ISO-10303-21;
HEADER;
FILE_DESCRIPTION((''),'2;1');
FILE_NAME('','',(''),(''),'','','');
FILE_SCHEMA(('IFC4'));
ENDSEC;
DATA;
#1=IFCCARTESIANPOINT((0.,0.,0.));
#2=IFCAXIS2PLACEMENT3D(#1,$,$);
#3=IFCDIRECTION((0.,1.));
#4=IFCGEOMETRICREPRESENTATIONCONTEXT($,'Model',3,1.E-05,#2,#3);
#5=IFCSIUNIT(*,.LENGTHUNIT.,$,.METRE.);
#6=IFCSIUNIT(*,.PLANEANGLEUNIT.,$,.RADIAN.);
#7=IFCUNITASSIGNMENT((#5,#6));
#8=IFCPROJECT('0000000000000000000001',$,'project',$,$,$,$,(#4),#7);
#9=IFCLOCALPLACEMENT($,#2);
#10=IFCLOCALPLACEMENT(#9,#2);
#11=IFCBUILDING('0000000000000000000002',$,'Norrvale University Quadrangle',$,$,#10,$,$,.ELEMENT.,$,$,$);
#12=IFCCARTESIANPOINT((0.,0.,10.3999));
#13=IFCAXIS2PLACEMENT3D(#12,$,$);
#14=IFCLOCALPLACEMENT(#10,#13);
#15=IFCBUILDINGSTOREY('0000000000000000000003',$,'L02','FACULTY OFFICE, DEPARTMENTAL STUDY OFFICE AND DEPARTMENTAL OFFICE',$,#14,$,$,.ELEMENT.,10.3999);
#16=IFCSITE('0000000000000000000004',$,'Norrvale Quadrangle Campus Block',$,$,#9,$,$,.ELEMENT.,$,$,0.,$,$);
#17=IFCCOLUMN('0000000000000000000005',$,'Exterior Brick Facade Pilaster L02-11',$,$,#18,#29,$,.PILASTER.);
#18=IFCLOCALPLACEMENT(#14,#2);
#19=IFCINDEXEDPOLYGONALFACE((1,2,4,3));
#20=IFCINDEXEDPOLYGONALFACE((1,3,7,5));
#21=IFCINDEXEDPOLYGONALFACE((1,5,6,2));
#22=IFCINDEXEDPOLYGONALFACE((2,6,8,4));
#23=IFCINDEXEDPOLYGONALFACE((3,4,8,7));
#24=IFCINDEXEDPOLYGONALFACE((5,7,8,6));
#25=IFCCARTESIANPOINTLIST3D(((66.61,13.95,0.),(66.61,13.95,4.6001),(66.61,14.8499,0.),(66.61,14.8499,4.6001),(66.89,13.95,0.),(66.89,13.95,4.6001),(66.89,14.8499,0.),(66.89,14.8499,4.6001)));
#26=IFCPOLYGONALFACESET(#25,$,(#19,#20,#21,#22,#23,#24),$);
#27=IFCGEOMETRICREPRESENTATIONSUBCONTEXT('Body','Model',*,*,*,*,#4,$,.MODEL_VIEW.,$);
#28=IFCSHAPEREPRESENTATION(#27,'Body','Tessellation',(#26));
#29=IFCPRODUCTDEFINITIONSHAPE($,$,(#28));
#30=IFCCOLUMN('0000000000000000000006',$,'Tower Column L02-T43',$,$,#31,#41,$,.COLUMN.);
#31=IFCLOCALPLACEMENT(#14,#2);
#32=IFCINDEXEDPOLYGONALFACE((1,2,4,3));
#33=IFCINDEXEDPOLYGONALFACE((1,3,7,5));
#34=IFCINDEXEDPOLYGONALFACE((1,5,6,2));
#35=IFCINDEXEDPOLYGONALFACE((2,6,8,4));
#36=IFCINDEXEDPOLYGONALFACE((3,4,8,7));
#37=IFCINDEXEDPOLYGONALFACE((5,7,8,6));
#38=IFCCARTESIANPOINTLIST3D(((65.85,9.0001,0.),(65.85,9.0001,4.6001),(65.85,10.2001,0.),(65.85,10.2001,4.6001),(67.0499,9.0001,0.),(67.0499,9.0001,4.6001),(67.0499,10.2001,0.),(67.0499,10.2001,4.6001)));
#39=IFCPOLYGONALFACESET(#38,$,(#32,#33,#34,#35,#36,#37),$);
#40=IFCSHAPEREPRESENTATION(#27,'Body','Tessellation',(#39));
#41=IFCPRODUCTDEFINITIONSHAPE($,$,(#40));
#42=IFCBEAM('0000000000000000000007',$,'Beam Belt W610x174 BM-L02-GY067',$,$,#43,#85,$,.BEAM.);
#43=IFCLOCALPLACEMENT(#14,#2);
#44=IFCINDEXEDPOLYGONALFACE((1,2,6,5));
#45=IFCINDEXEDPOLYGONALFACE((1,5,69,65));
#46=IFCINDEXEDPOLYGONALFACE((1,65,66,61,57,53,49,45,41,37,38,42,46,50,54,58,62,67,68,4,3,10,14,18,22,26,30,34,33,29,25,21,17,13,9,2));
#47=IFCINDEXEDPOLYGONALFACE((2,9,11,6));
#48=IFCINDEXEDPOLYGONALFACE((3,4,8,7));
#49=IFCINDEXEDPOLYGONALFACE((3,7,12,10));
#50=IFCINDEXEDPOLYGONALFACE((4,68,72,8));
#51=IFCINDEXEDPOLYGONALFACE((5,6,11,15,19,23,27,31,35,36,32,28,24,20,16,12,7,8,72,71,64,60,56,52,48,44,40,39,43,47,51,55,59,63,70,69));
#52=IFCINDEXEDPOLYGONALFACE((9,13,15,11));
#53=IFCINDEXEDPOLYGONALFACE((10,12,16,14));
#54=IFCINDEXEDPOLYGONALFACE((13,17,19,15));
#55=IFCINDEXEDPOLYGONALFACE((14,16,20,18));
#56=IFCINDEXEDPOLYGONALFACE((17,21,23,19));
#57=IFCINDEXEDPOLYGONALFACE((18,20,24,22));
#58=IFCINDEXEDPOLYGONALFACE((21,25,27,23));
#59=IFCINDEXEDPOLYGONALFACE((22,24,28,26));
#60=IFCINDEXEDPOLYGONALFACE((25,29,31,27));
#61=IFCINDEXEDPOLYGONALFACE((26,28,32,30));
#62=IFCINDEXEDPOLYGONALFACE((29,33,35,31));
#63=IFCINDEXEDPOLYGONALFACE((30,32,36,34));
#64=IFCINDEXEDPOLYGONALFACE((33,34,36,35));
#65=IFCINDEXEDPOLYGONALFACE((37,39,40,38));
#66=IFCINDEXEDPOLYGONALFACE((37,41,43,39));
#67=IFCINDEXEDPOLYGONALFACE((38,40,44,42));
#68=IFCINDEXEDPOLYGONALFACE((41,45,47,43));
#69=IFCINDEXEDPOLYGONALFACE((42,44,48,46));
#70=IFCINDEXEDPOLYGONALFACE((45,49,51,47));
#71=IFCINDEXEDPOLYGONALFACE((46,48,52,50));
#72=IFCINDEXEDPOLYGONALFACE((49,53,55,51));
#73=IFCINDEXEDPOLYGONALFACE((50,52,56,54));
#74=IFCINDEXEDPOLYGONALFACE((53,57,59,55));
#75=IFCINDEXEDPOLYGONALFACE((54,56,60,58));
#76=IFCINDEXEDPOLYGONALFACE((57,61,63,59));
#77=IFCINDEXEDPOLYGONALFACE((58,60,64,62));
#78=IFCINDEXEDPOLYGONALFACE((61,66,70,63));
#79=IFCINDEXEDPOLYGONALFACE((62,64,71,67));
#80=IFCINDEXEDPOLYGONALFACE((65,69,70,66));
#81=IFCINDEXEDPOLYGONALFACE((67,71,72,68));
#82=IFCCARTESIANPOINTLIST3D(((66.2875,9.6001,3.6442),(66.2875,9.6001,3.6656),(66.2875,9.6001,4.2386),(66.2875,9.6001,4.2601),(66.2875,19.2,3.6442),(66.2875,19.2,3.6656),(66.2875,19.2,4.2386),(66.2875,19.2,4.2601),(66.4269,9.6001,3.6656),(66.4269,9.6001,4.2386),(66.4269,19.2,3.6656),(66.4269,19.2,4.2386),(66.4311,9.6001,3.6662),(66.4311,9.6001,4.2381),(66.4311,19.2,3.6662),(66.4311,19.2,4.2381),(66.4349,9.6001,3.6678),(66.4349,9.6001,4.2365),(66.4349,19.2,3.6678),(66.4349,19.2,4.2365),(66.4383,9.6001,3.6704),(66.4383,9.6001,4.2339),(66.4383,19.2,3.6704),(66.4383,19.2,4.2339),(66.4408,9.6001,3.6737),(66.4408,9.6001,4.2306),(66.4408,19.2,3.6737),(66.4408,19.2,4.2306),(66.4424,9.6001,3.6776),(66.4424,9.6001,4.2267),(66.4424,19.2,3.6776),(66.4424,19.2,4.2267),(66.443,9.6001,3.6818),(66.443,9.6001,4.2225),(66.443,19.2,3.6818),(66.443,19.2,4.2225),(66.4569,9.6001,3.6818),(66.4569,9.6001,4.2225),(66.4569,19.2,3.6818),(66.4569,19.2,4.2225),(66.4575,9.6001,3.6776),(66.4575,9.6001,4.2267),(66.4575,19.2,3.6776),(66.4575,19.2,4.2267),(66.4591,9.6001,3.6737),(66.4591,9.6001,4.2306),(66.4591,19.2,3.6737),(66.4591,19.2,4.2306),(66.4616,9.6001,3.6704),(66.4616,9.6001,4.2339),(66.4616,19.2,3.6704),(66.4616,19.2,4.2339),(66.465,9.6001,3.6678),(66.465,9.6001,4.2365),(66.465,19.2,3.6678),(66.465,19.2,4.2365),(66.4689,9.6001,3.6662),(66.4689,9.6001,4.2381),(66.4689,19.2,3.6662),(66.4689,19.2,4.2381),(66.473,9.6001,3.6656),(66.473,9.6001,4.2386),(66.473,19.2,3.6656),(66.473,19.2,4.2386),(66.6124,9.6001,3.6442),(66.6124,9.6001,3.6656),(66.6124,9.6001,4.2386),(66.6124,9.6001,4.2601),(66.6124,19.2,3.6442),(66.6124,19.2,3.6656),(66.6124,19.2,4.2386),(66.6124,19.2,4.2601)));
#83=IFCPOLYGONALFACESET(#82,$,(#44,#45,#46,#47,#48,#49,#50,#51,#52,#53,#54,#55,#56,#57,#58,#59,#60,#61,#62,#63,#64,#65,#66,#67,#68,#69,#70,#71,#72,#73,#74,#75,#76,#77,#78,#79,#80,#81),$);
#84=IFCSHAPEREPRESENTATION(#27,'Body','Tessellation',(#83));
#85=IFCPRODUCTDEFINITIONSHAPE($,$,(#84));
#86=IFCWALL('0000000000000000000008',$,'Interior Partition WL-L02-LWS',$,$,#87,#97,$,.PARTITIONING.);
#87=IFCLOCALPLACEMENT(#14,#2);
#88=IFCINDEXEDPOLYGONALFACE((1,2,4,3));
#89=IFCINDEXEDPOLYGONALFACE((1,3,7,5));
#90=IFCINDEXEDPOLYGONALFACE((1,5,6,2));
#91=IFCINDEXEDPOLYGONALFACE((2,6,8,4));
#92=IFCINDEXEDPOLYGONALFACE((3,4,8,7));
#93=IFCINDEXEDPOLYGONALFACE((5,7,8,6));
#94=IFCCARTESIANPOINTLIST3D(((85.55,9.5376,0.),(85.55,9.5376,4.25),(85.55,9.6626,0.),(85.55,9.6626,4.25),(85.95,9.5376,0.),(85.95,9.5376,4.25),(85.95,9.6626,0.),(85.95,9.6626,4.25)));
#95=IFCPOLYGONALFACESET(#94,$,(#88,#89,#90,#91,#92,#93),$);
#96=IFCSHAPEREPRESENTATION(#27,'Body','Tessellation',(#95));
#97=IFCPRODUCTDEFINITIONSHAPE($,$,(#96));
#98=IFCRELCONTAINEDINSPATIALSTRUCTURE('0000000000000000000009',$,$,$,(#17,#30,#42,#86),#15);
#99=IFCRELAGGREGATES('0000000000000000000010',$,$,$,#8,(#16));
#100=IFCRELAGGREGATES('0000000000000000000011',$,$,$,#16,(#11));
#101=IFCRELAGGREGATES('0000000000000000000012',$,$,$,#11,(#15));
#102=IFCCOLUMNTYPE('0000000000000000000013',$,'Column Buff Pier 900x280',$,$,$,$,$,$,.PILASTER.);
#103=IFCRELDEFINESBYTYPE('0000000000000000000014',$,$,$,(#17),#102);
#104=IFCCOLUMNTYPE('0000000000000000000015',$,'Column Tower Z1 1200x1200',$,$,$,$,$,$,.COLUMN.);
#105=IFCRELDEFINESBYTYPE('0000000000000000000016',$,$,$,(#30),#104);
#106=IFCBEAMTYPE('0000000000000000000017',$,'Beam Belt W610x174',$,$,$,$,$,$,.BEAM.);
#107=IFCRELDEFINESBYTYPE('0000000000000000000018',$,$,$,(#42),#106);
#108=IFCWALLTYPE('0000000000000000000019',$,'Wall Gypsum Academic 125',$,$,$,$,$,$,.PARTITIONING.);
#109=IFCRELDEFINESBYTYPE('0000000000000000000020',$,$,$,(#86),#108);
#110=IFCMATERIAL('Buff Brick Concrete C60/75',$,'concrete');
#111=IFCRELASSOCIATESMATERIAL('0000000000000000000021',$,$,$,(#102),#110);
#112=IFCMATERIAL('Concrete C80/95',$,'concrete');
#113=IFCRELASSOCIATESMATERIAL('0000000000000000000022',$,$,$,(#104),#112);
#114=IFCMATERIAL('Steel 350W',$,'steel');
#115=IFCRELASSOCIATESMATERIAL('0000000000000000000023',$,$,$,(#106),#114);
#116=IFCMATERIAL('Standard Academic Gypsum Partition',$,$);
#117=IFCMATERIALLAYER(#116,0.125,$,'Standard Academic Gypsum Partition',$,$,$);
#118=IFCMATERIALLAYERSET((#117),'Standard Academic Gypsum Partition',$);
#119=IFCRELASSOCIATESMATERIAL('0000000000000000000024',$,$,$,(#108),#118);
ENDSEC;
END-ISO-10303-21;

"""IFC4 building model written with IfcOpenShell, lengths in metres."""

from ifc_helpers import new_model, si_unit, direction, frame, frame_2d, origin, origin_2d, place, context, subcontext, project, spatial, rectangle, i_section, extrude, material, layer, layer_set, material_profile, profile_set, type_object, element, save


model = new_model("IFC4")

# Units and contexts
model_context = context("Model", 3, precision=1e-05, world=origin(), true_north=direction((0.0, 1.0)))
body_context = subcontext(model_context, "Body", "Model", "MODEL_VIEW")
ifc_project = project(units=[si_unit("LENGTHUNIT", "METRE"), si_unit("PLANEANGLEUNIT", "RADIAN")], contexts=[model_context])

# Site, building, storey
site_placement = place(None, origin())
site = spatial("IfcSite", under=ifc_project, at=site_placement, Name="Norrvale Quadrangle Campus Block", CompositionType="ELEMENT", RefElevation=0.0)
building_placement = place(site_placement, origin())
building = spatial("IfcBuilding", under=site, at=building_placement, Name="Norrvale University Quadrangle", CompositionType="ELEMENT")
storey_placement = place(building_placement, frame((0.0, 0.0, 10.3999)))
storey = spatial("IfcBuildingStorey", under=building, at=storey_placement, Name="L02", Description="FACULTY OFFICE, DEPARTMENTAL STUDY OFFICE AND DEPARTMENTAL OFFICE", CompositionType="ELEMENT", Elevation=10.3999)

# Columns
ifc_material_1 = material(Name="Buff Brick Concrete C60/75", Category="concrete")
ifc_material_profile_1 = material_profile(ifc_material_1, rectangle(XDim=0.8999, YDim=0.28, at=origin_2d()), Name="Buff Brick Concrete C60/75")
ifc_profile_set_1 = profile_set([ifc_material_profile_1], Name="Buff Brick Concrete C60/75")
column_type_1 = type_object("IfcColumnType", Name="Column Buff Pier 900x280", PredefinedType="PILASTER", material=ifc_profile_set_1)
column_1_placement = place(storey_placement, frame((66.75, 14.3999, 0.0), z_axis=(0.0, 0.0, 1.0), x_axis=(0.0, 1.0, 0.0)))
element("IfcColumn", 1, at=column_1_placement, inside=storey, type_object=column_type_1, Name="Exterior Brick Facade Pilaster L02-11", PredefinedType="PILASTER", context=body_context, shape_type="SweptSolid", body=[
    extrude(rectangle(XDim=0.8999, YDim=0.28, at=origin_2d()), origin(), (0.0, 0.0, 1.0), 4.6001),
])
ifc_material_2 = material(Name="Concrete C80/95", Category="concrete")
ifc_material_profile_2 = material_profile(ifc_material_2, rectangle(XDim=1.2, YDim=1.2, at=origin_2d()), Name="Concrete C80/95")
ifc_profile_set_2 = profile_set([ifc_material_profile_2], Name="Concrete C80/95")
column_type_2 = type_object("IfcColumnType", Name="Column Tower Z1 1200x1200", PredefinedType="COLUMN", material=ifc_profile_set_2)
column_2_placement = place(storey_placement, frame((66.45, 9.6001, 0.0), z_axis=(0.0, 0.0, 1.0), x_axis=(1.0, 0.0, 0.0)))
element("IfcColumn", 2, at=column_2_placement, inside=storey, type_object=column_type_2, Name="Tower Column L02-T43", PredefinedType="COLUMN", context=body_context, shape_type="SweptSolid", body=[
    extrude(rectangle(XDim=1.2, YDim=1.2, at=origin_2d()), origin(), (0.0, 0.0, 1.0), 4.6001),
])

# Beam
ifc_material_3 = material(Name="Steel 350W", Category="steel")
ifc_material_profile_3 = material_profile(ifc_material_3, i_section(OverallWidth=0.325, OverallDepth=0.616, WebThickness=0.0139, FlangeThickness=0.0215, FilletRadius=0.0161, at=origin_2d()), Name="Steel 350W")
ifc_profile_set_3 = profile_set([ifc_material_profile_3], Name="Steel 350W")
beam_type = type_object("IfcBeamType", Name="Beam Belt W610x174", PredefinedType="BEAM", material=ifc_profile_set_3)
beam_placement = place(storey_placement, frame((66.45, 9.6001, 3.9521), z_axis=(0.0, 1.0, 0.0), x_axis=(-1.0, 0.0, 0.0)))
element("IfcBeam", 3, at=beam_placement, inside=storey, type_object=beam_type, Name="Beam Belt W610x174 BM-L02-GY067", PredefinedType="BEAM", context=body_context, shape_type="SweptSolid", body=[
    extrude(i_section(OverallWidth=0.325, OverallDepth=0.616, WebThickness=0.0139, FlangeThickness=0.0215, FilletRadius=0.0161, at=origin_2d()), origin(), (0.0, 0.0, 1.0), 9.5999),
])

# Wall
ifc_material_4 = material(Name="Standard Academic Gypsum Partition")
ifc_layer_1 = layer(ifc_material_4, 0.125, Name="Standard Academic Gypsum Partition")
ifc_layer_set_1 = layer_set([ifc_layer_1], Name="Standard Academic Gypsum Partition")
wall_type_1 = type_object("IfcWallType", Name="Wall Gypsum Academic 125", PredefinedType="PARTITIONING", material=ifc_layer_set_1)
wall_1_placement = place(storey_placement, frame((85.55, 9.6001, 0.0), z_axis=(0.0, 0.0, 1.0), x_axis=(1.0, 0.0, 0.0)))
element("IfcWall", 4, at=wall_1_placement, inside=storey, type_object=wall_type_1, Name="Interior Partition WL-L02-LWS", PredefinedType="PARTITIONING", context=body_context, shape_type="SweptSolid", body=[
    extrude(rectangle(XDim=0.3999, YDim=0.125, at=frame_2d((0.2, 0.0))), origin(), (0.0, 0.0, 1.0), 4.25),
])

save(model, "model.ifc")
